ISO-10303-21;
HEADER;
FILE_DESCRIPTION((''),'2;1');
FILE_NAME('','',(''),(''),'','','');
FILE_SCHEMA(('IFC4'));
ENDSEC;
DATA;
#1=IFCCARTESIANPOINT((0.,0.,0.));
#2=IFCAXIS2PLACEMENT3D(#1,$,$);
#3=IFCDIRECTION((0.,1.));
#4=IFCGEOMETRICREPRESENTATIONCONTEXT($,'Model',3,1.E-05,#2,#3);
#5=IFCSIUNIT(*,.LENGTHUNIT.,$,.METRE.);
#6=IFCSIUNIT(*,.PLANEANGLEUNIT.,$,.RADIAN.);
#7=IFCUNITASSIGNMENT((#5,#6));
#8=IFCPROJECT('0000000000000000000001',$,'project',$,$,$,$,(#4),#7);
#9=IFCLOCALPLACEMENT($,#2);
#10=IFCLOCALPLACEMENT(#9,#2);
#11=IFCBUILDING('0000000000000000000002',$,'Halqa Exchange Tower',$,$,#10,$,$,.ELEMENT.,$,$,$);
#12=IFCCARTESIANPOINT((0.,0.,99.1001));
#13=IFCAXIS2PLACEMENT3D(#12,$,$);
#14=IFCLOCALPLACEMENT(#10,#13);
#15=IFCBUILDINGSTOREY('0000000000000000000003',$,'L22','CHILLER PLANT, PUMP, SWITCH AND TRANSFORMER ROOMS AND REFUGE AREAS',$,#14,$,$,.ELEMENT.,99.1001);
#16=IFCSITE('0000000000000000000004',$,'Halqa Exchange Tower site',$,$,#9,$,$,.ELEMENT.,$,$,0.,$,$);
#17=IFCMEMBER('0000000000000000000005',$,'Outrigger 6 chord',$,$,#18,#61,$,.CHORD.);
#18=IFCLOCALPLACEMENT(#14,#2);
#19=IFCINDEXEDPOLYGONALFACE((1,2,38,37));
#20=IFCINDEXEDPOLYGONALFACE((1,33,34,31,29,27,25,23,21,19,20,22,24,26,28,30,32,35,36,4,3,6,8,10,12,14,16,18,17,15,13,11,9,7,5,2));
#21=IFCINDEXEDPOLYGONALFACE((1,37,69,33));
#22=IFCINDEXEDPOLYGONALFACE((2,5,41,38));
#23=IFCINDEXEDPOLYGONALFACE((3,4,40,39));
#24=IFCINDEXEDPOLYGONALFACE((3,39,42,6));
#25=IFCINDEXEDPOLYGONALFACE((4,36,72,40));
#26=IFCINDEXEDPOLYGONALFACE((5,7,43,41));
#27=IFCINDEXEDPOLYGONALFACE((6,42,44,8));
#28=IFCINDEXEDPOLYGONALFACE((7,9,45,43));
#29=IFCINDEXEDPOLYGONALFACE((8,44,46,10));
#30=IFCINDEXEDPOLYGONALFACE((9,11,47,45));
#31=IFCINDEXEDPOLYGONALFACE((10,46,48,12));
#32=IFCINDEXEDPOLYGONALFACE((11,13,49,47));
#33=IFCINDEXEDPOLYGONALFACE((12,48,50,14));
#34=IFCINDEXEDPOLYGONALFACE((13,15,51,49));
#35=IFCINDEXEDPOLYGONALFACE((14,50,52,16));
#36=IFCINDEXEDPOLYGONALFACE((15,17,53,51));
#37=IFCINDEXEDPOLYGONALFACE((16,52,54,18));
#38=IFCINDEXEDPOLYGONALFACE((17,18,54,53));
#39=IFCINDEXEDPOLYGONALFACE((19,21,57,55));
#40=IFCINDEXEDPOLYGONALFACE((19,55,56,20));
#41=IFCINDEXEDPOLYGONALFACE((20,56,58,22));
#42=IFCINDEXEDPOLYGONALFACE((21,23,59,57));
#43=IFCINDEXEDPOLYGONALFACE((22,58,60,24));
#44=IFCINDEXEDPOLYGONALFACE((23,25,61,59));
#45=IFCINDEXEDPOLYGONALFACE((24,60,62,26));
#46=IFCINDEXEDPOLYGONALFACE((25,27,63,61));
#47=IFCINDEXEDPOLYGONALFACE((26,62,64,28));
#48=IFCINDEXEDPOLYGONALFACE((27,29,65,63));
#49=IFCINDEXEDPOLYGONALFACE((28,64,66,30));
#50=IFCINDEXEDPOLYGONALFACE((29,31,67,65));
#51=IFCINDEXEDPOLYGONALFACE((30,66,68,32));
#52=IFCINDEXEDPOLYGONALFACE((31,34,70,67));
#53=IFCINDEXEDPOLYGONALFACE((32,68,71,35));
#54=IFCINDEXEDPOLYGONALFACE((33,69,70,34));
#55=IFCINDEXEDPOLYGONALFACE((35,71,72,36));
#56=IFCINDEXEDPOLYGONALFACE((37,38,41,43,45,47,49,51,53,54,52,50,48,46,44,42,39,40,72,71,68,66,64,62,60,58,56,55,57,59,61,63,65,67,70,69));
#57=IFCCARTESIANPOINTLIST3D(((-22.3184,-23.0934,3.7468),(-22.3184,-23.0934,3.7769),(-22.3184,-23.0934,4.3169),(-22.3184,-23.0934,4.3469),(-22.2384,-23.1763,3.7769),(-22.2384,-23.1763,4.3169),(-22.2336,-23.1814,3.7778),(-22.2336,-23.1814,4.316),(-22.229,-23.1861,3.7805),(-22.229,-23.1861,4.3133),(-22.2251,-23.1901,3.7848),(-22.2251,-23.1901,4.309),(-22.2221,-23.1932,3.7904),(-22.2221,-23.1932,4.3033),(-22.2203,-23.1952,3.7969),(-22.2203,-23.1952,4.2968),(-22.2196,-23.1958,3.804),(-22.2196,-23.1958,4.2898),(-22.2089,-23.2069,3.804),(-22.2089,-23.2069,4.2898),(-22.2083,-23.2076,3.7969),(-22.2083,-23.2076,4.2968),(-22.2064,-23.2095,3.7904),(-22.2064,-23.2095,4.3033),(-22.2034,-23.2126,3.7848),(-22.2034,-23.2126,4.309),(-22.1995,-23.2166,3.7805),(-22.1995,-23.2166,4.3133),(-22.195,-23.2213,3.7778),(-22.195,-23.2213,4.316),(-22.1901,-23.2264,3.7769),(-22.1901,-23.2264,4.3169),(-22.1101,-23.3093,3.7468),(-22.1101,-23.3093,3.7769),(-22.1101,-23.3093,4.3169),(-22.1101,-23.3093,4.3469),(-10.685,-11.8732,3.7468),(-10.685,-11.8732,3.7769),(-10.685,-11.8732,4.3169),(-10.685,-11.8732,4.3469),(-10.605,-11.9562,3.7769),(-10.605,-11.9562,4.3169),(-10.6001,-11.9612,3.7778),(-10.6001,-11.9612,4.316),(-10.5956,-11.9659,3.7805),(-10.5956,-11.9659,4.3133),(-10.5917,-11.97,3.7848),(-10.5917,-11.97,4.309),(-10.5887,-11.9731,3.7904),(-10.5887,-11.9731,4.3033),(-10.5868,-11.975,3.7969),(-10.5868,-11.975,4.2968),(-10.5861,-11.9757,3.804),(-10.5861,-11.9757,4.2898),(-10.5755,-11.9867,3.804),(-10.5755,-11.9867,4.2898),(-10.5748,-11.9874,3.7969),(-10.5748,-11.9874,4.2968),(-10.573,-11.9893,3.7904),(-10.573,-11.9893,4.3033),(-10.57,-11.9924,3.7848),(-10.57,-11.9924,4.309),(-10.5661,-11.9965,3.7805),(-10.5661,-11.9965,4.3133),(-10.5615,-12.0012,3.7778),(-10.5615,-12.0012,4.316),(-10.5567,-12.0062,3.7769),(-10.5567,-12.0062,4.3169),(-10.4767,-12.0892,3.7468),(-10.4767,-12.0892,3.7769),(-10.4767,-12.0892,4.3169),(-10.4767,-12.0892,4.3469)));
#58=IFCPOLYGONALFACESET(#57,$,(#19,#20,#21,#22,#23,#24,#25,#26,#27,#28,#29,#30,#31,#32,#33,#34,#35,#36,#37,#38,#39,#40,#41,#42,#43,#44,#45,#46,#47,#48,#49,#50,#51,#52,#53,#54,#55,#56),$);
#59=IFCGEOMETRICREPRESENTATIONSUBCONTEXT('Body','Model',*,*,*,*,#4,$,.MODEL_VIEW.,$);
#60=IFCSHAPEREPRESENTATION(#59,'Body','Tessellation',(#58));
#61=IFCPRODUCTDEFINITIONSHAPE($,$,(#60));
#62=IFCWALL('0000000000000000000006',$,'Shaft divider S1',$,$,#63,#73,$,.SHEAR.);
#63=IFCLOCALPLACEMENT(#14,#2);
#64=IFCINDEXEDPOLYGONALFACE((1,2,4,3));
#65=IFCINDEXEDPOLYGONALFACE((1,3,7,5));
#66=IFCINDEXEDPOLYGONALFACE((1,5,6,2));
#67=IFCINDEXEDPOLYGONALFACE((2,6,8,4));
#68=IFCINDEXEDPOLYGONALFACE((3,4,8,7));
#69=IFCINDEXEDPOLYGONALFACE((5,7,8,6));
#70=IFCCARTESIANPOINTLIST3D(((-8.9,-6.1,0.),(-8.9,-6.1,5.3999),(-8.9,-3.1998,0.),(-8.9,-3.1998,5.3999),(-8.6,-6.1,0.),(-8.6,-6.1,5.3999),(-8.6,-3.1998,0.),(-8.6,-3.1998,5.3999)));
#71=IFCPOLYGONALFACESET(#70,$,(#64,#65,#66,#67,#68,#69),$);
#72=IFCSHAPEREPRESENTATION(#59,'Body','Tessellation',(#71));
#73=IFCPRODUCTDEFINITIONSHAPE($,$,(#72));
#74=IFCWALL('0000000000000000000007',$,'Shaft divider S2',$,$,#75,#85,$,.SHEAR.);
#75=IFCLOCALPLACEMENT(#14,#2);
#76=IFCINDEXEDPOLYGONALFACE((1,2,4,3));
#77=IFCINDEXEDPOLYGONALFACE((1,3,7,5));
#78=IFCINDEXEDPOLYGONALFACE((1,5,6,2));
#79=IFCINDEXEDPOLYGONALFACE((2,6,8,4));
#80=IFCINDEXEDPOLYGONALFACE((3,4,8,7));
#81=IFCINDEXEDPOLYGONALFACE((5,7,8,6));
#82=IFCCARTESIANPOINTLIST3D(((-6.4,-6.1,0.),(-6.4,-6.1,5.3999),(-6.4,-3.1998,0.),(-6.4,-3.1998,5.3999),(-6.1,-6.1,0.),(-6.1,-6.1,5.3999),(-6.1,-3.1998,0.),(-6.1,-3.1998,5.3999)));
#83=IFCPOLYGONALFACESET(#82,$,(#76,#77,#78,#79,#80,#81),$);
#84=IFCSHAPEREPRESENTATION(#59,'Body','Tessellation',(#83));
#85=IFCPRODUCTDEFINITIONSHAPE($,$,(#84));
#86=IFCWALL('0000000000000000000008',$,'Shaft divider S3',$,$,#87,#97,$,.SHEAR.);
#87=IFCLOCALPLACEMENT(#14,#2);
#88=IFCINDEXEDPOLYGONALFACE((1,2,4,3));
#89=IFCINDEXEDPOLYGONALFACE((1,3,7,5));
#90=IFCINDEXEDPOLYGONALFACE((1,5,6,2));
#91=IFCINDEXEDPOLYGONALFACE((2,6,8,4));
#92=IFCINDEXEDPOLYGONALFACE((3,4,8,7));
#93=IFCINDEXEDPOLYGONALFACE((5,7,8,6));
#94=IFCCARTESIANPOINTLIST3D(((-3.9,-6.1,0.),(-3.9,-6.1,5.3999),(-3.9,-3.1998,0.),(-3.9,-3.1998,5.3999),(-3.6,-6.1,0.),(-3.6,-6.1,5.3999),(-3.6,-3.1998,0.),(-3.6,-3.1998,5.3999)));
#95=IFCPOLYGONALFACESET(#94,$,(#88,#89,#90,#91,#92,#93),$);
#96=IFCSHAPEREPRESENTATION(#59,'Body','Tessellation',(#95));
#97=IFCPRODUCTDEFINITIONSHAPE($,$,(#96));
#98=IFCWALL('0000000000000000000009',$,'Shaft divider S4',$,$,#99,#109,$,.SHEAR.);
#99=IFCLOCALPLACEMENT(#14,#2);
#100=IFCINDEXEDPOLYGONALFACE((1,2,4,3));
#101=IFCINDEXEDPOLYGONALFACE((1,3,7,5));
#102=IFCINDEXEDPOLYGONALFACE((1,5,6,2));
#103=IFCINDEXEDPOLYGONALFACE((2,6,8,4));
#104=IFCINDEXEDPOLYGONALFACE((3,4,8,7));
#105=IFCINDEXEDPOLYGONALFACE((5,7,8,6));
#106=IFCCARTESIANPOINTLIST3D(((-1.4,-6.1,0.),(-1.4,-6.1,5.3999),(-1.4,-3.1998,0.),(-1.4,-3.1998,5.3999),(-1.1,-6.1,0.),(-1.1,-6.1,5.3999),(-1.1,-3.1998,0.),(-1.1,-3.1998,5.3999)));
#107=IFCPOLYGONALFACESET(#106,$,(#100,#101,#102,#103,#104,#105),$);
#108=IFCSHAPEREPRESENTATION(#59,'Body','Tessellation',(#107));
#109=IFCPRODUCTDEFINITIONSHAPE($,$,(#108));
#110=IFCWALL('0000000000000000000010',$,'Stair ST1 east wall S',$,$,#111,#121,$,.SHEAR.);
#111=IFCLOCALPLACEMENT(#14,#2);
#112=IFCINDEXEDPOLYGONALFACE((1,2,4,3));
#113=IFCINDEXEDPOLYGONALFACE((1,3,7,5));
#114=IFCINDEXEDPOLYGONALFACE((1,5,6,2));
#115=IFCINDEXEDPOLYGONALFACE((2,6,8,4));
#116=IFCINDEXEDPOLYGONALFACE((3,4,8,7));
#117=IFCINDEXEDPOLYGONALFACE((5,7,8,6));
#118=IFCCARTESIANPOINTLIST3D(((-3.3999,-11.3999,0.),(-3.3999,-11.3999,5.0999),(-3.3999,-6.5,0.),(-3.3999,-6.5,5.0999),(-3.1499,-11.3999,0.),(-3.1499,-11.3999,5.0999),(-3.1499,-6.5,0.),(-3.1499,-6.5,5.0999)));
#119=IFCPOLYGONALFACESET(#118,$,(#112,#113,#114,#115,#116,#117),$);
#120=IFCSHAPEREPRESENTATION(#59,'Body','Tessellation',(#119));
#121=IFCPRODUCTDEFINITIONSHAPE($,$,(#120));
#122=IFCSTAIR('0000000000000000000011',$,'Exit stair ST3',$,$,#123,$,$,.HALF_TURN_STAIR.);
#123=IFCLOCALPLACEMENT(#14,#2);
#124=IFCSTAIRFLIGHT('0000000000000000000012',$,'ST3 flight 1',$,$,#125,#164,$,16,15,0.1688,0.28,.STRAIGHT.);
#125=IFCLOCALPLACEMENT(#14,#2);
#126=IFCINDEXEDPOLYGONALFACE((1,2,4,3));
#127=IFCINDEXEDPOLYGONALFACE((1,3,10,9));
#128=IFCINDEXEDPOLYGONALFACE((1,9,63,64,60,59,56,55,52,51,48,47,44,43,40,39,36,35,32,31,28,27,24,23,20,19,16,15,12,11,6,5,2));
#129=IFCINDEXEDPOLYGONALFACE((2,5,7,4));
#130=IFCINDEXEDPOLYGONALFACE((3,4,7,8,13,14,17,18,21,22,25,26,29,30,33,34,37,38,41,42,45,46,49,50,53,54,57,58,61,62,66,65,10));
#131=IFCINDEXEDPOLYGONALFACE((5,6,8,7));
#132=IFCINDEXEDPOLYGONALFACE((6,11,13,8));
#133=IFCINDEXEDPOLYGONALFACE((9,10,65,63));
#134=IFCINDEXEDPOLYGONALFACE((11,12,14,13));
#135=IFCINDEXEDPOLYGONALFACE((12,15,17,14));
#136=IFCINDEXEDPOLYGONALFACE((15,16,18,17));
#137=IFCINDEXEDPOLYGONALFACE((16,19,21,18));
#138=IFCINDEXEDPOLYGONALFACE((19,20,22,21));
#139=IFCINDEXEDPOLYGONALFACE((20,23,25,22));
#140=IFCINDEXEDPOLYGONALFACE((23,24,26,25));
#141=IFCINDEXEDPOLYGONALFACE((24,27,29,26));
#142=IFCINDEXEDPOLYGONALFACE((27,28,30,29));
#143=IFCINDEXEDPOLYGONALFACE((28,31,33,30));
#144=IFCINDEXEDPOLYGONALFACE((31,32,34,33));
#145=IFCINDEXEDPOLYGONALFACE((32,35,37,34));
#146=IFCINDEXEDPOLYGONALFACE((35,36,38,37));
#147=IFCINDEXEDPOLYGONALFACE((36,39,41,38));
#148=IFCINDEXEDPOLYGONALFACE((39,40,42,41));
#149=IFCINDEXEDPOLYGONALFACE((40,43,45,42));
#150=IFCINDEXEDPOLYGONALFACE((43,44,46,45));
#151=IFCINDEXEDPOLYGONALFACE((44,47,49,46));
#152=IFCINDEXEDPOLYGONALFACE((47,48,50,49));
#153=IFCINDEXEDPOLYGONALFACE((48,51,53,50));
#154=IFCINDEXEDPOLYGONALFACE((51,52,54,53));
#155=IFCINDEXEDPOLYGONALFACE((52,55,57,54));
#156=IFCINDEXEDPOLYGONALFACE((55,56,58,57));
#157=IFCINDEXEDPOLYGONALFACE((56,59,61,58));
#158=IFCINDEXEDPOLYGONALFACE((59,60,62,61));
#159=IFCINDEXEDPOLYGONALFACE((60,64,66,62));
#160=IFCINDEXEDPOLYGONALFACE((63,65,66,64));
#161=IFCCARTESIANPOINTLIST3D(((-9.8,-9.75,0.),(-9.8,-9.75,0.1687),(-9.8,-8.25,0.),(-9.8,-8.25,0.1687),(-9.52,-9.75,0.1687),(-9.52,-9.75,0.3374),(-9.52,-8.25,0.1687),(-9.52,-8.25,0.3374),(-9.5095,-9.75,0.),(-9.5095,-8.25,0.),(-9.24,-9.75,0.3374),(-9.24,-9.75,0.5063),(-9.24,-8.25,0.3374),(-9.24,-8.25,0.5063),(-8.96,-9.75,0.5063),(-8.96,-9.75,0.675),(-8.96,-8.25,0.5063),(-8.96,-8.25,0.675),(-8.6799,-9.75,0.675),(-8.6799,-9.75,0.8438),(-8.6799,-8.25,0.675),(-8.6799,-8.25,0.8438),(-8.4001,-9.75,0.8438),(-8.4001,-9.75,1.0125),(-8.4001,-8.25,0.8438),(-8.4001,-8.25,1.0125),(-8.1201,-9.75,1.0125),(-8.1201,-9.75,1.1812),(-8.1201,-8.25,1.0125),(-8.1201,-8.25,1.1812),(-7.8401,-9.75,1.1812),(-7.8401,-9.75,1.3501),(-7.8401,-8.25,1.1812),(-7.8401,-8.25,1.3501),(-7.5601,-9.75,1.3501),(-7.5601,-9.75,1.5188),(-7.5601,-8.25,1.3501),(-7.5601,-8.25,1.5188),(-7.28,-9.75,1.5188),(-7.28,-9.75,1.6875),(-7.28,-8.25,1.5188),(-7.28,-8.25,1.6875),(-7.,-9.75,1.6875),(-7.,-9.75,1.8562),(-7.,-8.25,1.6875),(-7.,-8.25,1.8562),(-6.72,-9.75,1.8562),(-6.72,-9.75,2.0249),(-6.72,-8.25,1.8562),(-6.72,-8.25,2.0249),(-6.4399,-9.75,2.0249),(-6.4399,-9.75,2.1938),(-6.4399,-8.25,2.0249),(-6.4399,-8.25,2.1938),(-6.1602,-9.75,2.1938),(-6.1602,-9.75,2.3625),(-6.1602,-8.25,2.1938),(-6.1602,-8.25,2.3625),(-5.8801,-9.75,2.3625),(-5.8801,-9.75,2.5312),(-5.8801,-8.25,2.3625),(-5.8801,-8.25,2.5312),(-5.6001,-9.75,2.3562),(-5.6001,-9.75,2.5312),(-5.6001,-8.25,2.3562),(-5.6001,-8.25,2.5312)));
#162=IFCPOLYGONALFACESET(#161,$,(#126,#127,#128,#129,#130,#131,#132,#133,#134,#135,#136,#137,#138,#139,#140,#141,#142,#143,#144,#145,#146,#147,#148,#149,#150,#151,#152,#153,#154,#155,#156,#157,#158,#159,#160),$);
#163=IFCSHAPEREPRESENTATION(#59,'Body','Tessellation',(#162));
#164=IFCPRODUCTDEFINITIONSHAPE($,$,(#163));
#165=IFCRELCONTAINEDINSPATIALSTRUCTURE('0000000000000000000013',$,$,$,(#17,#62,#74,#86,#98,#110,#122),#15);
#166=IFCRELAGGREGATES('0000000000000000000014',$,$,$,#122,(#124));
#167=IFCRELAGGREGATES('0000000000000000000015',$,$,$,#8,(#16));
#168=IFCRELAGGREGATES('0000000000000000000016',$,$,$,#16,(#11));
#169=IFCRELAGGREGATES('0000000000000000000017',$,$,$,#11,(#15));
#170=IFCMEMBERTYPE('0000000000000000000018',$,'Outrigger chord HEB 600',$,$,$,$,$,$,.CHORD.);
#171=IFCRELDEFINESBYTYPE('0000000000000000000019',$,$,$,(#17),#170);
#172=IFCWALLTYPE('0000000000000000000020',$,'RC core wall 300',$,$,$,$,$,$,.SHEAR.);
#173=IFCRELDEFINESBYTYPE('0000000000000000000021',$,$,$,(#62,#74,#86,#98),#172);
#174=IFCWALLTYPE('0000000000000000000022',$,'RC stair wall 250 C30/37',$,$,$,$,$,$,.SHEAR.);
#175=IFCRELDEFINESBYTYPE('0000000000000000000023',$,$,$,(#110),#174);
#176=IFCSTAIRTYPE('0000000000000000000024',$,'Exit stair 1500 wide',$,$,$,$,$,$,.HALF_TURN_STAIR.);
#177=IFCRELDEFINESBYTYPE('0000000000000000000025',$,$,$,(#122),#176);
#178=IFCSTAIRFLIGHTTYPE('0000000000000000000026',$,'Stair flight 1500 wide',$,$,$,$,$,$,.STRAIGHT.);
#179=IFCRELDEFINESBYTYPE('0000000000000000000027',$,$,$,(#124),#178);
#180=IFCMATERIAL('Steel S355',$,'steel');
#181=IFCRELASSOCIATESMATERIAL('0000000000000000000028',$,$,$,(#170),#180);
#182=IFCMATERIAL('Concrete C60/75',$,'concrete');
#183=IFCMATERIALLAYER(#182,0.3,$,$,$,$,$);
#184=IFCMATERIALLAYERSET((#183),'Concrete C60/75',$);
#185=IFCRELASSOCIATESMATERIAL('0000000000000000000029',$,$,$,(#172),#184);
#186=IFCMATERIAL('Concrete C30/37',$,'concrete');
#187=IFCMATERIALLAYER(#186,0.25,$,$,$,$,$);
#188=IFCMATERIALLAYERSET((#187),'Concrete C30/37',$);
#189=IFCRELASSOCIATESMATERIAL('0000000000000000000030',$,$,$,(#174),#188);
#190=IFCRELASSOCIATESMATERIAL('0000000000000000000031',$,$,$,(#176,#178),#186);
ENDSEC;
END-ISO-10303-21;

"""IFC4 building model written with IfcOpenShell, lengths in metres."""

from ifc_helpers import new_model, si_unit, direction, frame, frame_2d, origin, origin_2d, place, context, subcontext, project, spatial, polyline, rectangle, i_section, outline, extrude, material, layer, layer_set, material_profile, profile_set, type_object, element, aggregate, save


model = new_model("IFC4")

# Units and contexts
model_context = context("Model", 3, precision=1e-05, world=origin(), true_north=direction((0.0, 1.0)))
body_context = subcontext(model_context, "Body", "Model", "MODEL_VIEW")
ifc_project = project(units=[si_unit("LENGTHUNIT", "METRE"), si_unit("PLANEANGLEUNIT", "RADIAN")], contexts=[model_context])

# Site, building, storey
site_placement = place(None, origin())
site = spatial("IfcSite", under=ifc_project, at=site_placement, Name="Halqa Exchange Tower site", CompositionType="ELEMENT", RefElevation=0.0)
building_placement = place(site_placement, origin())
building = spatial("IfcBuilding", under=site, at=building_placement, Name="Halqa Exchange Tower", CompositionType="ELEMENT")
storey_placement = place(building_placement, frame((0.0, 0.0, 99.1001)))
storey = spatial("IfcBuildingStorey", under=building, at=storey_placement, Name="L22", Description="CHILLER PLANT, PUMP, SWITCH AND TRANSFORMER ROOMS AND REFUGE AREAS", CompositionType="ELEMENT", Elevation=99.1001)

# Shared definitions
ifc_material_1 = material(Name="Steel S355", Category="steel")

# Member
ifc_material_profile_1 = material_profile(ifc_material_1, i_section(OverallWidth=0.3, OverallDepth=0.6001, WebThickness=0.0154, FlangeThickness=0.03, FilletRadius=0.0271, at=origin_2d()), Name="HEB 600")
ifc_profile_set_1 = profile_set([ifc_material_profile_1], Name="Steel S355")
member_type = type_object("IfcMemberType", Name="Outrigger chord HEB 600", PredefinedType="CHORD", material=ifc_profile_set_1)
member_placement = place(storey_placement, frame((-10.5808, -11.9812, 4.0469), z_axis=(-0.719778, -0.694205, 0.0), x_axis=(0.694205, -0.719778, 0.0)))
element("IfcMember", 1, at=member_placement, inside=storey, type_object=member_type, Name="Outrigger 6 chord", PredefinedType="CHORD", context=body_context, shape_type="SweptSolid", body=[
    extrude(i_section(OverallWidth=0.3, OverallDepth=0.6001, WebThickness=0.0154, FlangeThickness=0.03, FilletRadius=0.0271, at=origin_2d()), origin(), (0.0, 0.0, 1.0), 16.1626),
])

# Walls
ifc_material_2 = material(Name="Concrete C60/75", Category="concrete")
ifc_layer_1 = layer(ifc_material_2, 0.3)
ifc_layer_set_1 = layer_set([ifc_layer_1], Name="Concrete C60/75")
wall_type_1 = type_object("IfcWallType", Name="RC core wall 300", PredefinedType="SHEAR", material=ifc_layer_set_1)
for number, where, z_axis, x_axis, name in (
    (2, (-8.75, -6.1001, 0.0), (0.0, 0.0, 1.0), (0.0, 1.0, 0.0), "Shaft divider S1"),
    (3, (-6.25, -6.1001, 0.0), (0.0, 0.0, 1.0), (0.0, 1.0, 0.0), "Shaft divider S2"),
    (4, (-3.75, -6.1001, 0.0), (0.0, 0.0, 1.0), (0.0, 1.0, 0.0), "Shaft divider S3"),
    (5, (-1.25, -6.1001, 0.0), (0.0, 0.0, 1.0), (0.0, 1.0, 0.0), "Shaft divider S4"),
):
    element("IfcWall", number, at=place(storey_placement, frame(where, z_axis=z_axis, x_axis=x_axis)), inside=storey, type_object=wall_type_1, Name=name, PredefinedType="SHEAR", context=body_context, shape_type="SweptSolid", body=[
        extrude(rectangle(XDim=2.9001, YDim=0.3, at=frame_2d((1.4502, 0.0))), origin(), (0.0, 0.0, 1.0), 5.3999),
    ])
ifc_material_3 = material(Name="Concrete C30/37", Category="concrete")
ifc_layer_2 = layer(ifc_material_3, 0.25)
ifc_layer_set_2 = layer_set([ifc_layer_2], Name="Concrete C30/37")
wall_type_2 = type_object("IfcWallType", Name="RC stair wall 250 C30/37", PredefinedType="SHEAR", material=ifc_layer_set_2)
wall_1_placement = place(storey_placement, frame((-3.2749, -11.3999, 0.0), z_axis=(0.0, 0.0, 1.0), x_axis=(0.0, 1.0, 0.0)))
element("IfcWall", 6, at=wall_1_placement, inside=storey, type_object=wall_type_2, Name="Stair ST1 east wall S", PredefinedType="SHEAR", context=body_context, shape_type="SweptSolid", body=[
    extrude(rectangle(XDim=4.8999, YDim=0.25, at=frame_2d((2.45, 0.0))), origin(), (0.0, 0.0, 1.0), 5.0999),
])

# Stair, stair flight
stair_type = type_object("IfcStairType", Name="Exit stair 1500 wide", PredefinedType="HALF_TURN_STAIR", material=ifc_material_3)
stair_placement = place(storey_placement, origin())
stair = element("IfcStair", 7, at=stair_placement, inside=storey, type_object=stair_type, Name="Exit stair ST3", PredefinedType="HALF_TURN_STAIR")
stair_flight_type = type_object("IfcStairFlightType", Name="Stair flight 1500 wide", PredefinedType="STRAIGHT", material=ifc_material_3)
stair_flight_1_placement = place(storey_placement, frame((-9.8, -9.0, 0.0), z_axis=(0.0, 0.0, 1.0), x_axis=(1.0, 0.0, 0.0)))
stair_flight_1 = element("IfcStairFlight", 8, at=stair_flight_1_placement, type_object=stair_flight_type, Name="ST3 flight 1", NumberOfRisers=16, NumberOfTreads=15, PredefinedType="STRAIGHT", RiserHeight=0.1688, TreadLength=0.28, context=body_context, shape_type="SweptSolid", body=[
    extrude(outline(polyline([(0.0, 0.0), (0.0, 0.1687), (0.28, 0.1687), (0.28, 0.3374), (0.5601, 0.3374), (0.5601, 0.5063), (0.8401, 0.5063), (0.8401, 0.675), (1.1201, 0.675), (1.1201, 0.8438), (1.3999, 0.8438), (1.3999, 1.0125), (1.6799, 1.0125), (1.6799, 1.1812), (1.96, 1.1812), (1.96, 1.3501), (2.24, 1.3501), (2.24, 1.5188), (2.52, 1.5188), (2.52, 1.6875), (2.8, 1.6875), (2.8, 1.8562), (3.0801, 1.8562), (3.0801, 2.0249), (3.3601, 2.0249), (3.3601, 2.1938), (3.6399, 2.1938), (3.6399, 2.3625), (3.9199, 2.3625), (3.9199, 2.5312), (4.2, 2.5312), (4.2, 2.7), (4.2, 2.3562), (0.2905, 0.0), (0.0, 0.0)])), frame((0.0, 0.75, 0.0), z_axis=(0.0, -1.0, 0.0), x_axis=(1.0, 0.0, 0.0)), (0.0, 0.0, 1.0), 1.5),
])
aggregate(stair, [stair_flight_1])

save(model, "model.ifc")
